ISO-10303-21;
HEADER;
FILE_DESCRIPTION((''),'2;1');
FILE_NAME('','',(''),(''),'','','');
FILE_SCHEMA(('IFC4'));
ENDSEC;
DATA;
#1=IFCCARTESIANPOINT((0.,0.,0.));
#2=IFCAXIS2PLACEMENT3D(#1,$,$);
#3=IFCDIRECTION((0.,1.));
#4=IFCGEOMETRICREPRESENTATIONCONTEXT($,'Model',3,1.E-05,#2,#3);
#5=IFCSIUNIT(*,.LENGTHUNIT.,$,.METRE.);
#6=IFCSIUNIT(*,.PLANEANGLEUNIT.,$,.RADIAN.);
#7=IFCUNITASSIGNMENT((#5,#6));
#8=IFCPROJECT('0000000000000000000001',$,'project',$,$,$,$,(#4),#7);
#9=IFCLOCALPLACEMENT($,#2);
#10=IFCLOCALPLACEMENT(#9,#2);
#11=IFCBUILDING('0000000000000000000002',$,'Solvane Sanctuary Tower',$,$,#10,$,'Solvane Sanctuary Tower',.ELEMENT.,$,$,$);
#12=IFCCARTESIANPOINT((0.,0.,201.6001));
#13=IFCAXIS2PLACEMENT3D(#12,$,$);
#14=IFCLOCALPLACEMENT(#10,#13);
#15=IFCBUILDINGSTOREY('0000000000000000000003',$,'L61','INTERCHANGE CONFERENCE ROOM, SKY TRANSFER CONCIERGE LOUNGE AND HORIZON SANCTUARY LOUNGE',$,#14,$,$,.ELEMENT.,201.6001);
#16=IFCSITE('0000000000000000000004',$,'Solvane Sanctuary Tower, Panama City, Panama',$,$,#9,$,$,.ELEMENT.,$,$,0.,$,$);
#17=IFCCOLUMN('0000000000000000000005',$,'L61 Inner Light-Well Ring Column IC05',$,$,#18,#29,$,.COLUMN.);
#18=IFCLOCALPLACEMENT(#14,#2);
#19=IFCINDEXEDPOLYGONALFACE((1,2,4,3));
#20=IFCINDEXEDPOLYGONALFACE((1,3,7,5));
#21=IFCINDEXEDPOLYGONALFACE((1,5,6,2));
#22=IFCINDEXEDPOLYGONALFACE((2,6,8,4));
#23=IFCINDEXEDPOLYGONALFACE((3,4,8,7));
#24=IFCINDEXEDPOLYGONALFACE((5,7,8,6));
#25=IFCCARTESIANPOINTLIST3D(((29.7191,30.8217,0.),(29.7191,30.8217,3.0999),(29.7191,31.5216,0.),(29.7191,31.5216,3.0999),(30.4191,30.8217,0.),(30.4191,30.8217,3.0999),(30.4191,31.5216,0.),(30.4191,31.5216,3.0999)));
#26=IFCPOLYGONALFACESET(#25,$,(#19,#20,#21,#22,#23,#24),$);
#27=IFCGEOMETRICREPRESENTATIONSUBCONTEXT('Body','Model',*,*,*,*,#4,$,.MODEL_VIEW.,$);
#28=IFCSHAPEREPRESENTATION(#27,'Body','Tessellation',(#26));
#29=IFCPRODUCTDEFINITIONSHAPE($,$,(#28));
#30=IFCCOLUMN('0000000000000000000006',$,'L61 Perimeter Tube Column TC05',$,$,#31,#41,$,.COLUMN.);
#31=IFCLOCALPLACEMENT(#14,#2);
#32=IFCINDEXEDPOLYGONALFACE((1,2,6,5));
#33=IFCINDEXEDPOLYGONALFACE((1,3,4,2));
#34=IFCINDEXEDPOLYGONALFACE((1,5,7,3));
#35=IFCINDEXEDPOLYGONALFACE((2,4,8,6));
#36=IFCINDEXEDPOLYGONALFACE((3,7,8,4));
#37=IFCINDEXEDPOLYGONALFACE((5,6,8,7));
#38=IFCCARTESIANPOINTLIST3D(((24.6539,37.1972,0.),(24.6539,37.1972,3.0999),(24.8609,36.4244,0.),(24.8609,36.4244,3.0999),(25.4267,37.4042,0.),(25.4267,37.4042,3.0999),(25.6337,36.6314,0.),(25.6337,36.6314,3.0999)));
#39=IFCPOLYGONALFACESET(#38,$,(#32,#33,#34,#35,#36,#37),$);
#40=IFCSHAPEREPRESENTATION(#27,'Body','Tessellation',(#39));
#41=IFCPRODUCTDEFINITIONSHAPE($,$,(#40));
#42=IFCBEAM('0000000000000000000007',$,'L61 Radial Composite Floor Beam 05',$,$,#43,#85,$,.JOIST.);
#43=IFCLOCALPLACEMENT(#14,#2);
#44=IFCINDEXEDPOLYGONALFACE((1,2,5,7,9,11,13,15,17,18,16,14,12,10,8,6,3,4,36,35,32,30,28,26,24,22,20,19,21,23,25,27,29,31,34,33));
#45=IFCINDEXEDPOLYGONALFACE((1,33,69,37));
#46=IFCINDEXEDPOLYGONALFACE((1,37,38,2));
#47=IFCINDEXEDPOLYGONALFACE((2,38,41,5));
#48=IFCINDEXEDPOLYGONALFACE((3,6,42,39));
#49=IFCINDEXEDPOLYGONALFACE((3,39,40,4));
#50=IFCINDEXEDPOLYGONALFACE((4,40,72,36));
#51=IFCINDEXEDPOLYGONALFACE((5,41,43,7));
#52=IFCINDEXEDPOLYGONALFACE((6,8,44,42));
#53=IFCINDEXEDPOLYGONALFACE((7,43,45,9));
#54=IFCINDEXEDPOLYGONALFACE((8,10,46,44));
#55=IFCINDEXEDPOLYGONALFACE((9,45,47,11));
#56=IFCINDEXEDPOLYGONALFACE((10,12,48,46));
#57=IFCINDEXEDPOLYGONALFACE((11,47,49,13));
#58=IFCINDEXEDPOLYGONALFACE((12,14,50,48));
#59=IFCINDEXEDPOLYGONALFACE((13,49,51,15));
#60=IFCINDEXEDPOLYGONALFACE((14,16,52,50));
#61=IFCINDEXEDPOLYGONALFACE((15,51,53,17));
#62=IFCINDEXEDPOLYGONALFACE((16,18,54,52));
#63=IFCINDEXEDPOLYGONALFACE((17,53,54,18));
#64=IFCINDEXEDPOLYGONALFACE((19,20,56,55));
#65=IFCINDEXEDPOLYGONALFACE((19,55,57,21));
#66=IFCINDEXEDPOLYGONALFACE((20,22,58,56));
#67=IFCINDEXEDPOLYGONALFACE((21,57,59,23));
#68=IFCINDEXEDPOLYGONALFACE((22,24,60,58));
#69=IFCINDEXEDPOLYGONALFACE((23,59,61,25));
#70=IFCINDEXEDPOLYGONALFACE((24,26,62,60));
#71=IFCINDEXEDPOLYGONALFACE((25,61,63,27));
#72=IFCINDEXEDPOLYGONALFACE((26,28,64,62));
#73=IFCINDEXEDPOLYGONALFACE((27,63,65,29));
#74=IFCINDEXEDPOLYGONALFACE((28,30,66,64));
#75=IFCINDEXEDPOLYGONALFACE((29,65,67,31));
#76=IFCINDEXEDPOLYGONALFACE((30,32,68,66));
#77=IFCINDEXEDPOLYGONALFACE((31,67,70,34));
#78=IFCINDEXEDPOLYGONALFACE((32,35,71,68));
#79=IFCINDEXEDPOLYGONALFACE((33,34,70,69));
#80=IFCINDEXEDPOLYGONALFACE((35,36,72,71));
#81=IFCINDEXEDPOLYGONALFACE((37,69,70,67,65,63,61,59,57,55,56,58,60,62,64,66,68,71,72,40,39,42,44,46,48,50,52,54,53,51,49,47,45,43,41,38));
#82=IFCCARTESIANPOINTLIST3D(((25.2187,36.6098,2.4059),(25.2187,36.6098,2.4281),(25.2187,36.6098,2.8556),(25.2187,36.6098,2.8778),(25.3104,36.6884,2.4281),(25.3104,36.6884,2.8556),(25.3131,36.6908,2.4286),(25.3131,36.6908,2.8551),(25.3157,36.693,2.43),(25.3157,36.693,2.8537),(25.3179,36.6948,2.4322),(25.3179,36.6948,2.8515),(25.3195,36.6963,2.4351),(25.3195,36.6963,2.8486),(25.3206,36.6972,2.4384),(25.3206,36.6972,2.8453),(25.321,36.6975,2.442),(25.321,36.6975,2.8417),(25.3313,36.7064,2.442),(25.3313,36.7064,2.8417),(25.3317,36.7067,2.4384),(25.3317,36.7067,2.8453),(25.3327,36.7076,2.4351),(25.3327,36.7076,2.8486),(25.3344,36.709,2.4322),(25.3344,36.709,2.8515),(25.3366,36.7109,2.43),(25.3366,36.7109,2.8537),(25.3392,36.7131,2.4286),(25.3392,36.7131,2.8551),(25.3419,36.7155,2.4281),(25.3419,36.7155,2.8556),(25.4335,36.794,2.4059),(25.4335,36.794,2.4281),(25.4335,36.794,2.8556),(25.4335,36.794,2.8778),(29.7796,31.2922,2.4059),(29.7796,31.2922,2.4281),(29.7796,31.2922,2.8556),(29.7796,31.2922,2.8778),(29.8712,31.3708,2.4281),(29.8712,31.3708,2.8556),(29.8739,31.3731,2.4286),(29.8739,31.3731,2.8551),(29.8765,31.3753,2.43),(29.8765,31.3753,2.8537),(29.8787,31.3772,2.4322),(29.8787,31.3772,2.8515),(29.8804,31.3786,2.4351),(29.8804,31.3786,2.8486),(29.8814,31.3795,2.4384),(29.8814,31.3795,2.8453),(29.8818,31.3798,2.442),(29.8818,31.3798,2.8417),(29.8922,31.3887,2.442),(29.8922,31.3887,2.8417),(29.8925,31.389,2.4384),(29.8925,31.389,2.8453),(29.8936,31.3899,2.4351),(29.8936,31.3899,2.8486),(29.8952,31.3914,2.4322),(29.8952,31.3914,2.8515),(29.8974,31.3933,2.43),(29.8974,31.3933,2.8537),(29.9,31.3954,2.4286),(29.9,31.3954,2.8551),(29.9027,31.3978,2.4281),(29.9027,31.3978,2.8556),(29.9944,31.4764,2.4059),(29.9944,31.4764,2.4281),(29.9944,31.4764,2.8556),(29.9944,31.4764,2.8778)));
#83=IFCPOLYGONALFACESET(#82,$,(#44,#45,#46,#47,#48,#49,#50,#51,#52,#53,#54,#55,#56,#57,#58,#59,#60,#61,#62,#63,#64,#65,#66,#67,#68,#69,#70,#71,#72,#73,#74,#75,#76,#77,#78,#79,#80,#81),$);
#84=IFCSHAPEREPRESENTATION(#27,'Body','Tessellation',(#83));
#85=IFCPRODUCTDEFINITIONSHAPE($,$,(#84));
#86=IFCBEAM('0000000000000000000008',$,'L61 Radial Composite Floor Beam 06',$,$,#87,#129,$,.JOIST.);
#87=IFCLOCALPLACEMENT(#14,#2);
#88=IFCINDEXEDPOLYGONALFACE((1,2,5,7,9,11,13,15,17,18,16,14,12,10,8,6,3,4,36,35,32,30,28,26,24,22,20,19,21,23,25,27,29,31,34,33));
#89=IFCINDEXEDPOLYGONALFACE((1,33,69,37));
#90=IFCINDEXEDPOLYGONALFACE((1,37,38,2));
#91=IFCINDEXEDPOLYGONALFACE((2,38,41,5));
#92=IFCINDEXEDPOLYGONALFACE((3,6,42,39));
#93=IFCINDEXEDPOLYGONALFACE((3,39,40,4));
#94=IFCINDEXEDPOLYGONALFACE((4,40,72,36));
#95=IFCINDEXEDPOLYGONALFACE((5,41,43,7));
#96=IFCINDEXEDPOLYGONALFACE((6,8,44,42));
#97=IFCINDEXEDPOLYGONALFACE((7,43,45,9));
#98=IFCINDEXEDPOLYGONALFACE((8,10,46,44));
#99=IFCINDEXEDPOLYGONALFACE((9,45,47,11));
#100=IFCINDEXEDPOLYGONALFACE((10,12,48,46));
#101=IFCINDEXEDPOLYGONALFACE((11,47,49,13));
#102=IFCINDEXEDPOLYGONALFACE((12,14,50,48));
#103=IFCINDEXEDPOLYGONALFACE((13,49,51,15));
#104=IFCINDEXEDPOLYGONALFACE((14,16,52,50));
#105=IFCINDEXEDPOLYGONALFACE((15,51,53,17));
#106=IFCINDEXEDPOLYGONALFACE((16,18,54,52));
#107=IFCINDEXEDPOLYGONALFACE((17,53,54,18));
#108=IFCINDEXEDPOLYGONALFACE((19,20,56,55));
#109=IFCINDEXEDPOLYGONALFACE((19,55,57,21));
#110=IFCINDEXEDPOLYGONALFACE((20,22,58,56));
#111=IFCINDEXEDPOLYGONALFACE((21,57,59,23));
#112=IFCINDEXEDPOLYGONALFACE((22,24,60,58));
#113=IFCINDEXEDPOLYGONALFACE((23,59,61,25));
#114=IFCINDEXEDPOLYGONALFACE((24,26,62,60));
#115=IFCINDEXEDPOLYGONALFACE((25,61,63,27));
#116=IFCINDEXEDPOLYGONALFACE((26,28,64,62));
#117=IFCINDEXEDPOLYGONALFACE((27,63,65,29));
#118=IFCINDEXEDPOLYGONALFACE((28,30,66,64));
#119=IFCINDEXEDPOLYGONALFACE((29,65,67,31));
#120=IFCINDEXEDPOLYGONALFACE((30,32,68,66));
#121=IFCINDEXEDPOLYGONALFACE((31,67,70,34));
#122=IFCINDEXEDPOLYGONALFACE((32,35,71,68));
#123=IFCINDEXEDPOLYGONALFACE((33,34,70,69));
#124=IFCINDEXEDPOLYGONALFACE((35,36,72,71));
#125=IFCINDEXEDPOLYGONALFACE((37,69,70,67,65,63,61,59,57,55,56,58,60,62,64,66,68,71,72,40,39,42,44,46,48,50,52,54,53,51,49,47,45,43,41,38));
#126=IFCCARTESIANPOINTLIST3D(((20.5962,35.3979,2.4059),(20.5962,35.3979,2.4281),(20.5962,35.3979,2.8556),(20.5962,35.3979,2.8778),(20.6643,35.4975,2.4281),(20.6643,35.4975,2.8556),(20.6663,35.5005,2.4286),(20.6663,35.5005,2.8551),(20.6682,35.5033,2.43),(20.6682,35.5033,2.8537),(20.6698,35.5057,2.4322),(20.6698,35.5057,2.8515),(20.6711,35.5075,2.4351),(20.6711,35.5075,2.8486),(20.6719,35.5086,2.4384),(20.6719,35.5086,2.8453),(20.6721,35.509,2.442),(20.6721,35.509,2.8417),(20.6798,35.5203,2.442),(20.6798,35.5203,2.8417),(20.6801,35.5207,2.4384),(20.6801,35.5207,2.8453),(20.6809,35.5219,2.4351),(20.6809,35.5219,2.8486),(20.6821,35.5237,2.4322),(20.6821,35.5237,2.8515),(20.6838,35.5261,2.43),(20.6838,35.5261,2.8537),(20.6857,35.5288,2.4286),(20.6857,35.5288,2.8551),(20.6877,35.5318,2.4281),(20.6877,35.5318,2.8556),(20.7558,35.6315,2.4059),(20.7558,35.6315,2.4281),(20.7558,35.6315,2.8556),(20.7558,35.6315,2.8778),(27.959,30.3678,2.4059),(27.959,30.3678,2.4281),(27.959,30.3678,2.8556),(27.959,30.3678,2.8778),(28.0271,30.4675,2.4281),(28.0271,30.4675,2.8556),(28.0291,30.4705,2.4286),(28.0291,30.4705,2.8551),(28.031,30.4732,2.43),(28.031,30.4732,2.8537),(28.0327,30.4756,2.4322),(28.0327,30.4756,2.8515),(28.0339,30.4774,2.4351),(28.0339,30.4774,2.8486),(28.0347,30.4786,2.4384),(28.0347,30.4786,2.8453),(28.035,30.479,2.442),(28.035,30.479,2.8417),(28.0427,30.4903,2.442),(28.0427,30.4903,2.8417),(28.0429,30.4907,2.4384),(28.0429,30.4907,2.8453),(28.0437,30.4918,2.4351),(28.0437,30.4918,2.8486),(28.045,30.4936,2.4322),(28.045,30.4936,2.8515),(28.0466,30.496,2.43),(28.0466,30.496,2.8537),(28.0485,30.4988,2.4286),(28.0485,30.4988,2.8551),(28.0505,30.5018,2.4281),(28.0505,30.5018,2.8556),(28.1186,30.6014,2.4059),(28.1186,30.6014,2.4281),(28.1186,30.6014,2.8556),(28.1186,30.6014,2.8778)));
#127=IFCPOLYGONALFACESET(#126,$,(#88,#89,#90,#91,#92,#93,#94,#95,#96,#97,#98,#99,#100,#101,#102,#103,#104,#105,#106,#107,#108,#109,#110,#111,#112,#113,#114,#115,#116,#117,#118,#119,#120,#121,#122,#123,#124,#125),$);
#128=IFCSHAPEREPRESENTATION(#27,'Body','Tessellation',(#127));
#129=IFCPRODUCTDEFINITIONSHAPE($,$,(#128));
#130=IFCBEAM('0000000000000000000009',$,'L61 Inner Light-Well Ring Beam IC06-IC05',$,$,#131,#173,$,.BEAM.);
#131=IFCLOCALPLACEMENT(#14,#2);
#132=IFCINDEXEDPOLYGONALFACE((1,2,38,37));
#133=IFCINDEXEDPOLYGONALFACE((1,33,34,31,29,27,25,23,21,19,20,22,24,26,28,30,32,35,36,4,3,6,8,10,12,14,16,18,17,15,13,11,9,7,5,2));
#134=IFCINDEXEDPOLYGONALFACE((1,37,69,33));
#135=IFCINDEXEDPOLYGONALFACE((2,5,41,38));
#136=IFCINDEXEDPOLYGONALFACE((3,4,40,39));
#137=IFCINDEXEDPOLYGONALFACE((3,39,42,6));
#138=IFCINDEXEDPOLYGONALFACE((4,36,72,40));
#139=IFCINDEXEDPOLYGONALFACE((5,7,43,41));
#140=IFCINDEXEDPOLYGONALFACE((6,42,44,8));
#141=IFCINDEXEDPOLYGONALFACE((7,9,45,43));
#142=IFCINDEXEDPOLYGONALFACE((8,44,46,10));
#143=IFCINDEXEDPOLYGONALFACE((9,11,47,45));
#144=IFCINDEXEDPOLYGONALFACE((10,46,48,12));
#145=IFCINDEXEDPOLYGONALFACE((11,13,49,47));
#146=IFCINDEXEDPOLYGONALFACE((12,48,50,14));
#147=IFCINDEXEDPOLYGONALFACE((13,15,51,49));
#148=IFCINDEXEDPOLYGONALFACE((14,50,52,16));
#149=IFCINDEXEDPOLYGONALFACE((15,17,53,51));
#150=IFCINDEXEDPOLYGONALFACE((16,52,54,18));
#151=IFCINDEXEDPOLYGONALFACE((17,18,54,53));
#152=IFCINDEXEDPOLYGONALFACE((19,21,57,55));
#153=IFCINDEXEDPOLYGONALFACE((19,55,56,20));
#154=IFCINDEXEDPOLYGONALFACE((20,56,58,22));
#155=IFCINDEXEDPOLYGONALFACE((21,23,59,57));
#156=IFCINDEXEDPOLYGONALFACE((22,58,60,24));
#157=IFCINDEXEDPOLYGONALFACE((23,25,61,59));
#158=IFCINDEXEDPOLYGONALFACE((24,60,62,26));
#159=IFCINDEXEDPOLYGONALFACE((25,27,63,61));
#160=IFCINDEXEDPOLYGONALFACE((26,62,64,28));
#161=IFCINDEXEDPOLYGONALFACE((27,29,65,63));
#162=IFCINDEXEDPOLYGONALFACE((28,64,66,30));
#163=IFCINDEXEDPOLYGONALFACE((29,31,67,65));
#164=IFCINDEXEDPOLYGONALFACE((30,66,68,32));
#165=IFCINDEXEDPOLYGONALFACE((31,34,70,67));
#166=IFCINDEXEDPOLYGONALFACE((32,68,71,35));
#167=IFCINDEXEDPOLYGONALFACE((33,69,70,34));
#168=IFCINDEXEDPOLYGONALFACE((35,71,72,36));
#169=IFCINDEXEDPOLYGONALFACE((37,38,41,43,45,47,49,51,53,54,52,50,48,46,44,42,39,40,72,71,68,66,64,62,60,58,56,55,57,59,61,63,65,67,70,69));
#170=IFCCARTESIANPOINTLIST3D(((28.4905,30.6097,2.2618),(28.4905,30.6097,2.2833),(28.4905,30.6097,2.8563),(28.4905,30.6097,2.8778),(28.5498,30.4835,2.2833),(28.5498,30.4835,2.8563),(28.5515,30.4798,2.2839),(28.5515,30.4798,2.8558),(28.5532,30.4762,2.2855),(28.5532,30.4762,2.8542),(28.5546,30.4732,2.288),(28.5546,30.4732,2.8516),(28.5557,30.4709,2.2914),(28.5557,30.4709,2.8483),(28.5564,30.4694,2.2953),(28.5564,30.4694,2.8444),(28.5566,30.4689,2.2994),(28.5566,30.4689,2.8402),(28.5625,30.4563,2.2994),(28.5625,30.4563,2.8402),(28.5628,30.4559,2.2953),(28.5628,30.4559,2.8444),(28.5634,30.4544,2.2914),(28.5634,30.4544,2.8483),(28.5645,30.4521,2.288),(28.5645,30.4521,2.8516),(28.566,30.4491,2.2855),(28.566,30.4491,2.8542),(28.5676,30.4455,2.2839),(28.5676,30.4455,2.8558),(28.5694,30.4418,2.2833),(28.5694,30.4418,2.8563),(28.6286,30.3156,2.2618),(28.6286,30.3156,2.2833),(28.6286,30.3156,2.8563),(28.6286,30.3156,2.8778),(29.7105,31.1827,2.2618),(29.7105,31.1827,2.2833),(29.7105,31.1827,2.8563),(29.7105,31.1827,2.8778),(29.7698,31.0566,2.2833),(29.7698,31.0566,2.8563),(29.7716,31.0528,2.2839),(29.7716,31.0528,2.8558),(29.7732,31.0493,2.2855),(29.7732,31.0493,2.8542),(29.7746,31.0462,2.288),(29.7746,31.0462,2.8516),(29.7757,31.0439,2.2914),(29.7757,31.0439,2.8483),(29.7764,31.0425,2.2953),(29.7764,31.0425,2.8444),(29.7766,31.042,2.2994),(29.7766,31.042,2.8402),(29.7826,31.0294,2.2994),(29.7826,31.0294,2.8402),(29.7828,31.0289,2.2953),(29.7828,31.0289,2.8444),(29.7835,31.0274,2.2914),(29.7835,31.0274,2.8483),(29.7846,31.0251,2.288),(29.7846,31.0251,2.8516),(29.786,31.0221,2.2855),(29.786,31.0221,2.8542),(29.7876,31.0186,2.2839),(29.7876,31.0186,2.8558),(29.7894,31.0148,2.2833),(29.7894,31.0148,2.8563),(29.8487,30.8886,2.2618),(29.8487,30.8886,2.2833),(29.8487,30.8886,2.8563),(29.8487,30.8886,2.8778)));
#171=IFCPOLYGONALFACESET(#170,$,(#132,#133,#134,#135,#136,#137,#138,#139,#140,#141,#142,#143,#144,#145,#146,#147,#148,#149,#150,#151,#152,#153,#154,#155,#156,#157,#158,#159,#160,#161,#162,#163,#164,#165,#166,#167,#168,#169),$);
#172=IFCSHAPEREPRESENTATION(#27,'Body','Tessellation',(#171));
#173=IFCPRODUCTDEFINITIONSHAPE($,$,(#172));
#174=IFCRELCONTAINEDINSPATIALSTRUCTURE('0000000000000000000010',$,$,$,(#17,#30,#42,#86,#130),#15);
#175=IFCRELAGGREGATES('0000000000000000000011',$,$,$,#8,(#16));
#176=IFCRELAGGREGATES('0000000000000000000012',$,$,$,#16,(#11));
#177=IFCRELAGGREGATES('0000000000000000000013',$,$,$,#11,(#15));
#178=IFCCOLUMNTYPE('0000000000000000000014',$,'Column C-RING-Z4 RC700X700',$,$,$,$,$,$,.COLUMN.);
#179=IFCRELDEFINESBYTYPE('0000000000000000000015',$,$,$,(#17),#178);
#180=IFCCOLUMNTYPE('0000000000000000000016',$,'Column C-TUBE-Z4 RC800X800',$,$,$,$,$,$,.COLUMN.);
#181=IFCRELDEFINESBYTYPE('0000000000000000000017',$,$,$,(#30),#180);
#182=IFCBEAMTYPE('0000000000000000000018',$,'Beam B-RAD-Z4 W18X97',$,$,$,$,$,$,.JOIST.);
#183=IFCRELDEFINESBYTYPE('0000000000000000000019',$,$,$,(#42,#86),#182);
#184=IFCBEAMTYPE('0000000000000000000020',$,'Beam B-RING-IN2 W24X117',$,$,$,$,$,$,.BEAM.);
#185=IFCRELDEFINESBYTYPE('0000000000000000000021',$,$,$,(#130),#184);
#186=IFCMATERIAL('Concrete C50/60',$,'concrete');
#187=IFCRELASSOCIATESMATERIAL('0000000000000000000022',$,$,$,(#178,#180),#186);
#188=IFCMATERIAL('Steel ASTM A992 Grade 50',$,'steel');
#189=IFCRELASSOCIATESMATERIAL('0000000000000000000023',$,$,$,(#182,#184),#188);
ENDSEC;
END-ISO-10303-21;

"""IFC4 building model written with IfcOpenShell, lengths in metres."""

from ifc_helpers import new_model, si_unit, direction, frame, origin, origin_2d, place, context, subcontext, project, spatial, rectangle, i_section, extrude, material, material_profile, profile_set, type_object, element, save


model = new_model("IFC4")

# Units and contexts
model_context = context("Model", 3, precision=1e-05, world=origin(), true_north=direction((0.0, 1.0)))
body_context = subcontext(model_context, "Body", "Model", "MODEL_VIEW")
ifc_project = project(units=[si_unit("LENGTHUNIT", "METRE"), si_unit("PLANEANGLEUNIT", "RADIAN")], contexts=[model_context])

# Site, building, storey
site_placement = place(None, origin())
site = spatial("IfcSite", under=ifc_project, at=site_placement, Name="Solvane Sanctuary Tower, Panama City, Panama", CompositionType="ELEMENT", RefElevation=0.0)
building_placement = place(site_placement, origin())
building = spatial("IfcBuilding", under=site, at=building_placement, Name="Solvane Sanctuary Tower", LongName="Solvane Sanctuary Tower", CompositionType="ELEMENT")
storey_placement = place(building_placement, frame((0.0, 0.0, 201.6001)))
storey = spatial("IfcBuildingStorey", under=building, at=storey_placement, Name="L61", Description="INTERCHANGE CONFERENCE ROOM, SKY TRANSFER CONCIERGE LOUNGE AND HORIZON SANCTUARY LOUNGE", CompositionType="ELEMENT", Elevation=201.6001)

# Columns
ifc_material_1 = material(Name="Concrete C50/60", Category="concrete")
ifc_material_profile_1 = material_profile(ifc_material_1, rectangle(XDim=0.7, YDim=0.7, at=origin_2d()), Name="RC700X700")
ifc_profile_set_1 = profile_set([ifc_material_profile_1], Name="Concrete C50/60")
column_type_1 = type_object("IfcColumnType", Name="Column C-RING-Z4 RC700X700", PredefinedType="COLUMN", material=ifc_profile_set_1)
column_1_placement = place(storey_placement, frame((30.0691, 31.1716, 0.0), z_axis=(0.0, 0.0, 1.0), x_axis=(1.0, 0.0, 0.0)))
element("IfcColumn", 1, at=column_1_placement, inside=storey, type_object=column_type_1, Name="L61 Inner Light-Well Ring Column IC05", PredefinedType="COLUMN", context=body_context, shape_type="SweptSolid", body=[
    extrude(rectangle(XDim=0.7, YDim=0.7, at=origin_2d()), origin(), (0.0, 0.0, 1.0), 3.0999),
])
ifc_material_profile_2 = material_profile(ifc_material_1, rectangle(XDim=0.8, YDim=0.8, at=origin_2d()), Name="RC800X800")
ifc_profile_set_2 = profile_set([ifc_material_profile_2], Name="Concrete C50/60")
column_type_2 = type_object("IfcColumnType", Name="Column C-TUBE-Z4 RC800X800", PredefinedType="COLUMN", material=ifc_profile_set_2)
column_2_placement = place(storey_placement, frame((25.1438, 36.9143, 0.0), z_axis=(0.0, 0.0, 1.0), x_axis=(-0.258819, 0.965926, 0.0)))
element("IfcColumn", 2, at=column_2_placement, inside=storey, type_object=column_type_2, Name="L61 Perimeter Tube Column TC05", PredefinedType="COLUMN", context=body_context, shape_type="SweptSolid", body=[
    extrude(rectangle(XDim=0.8, YDim=0.8, at=origin_2d()), origin(), (0.0, 0.0, 1.0), 3.0999),
])

# Beams
ifc_material_2 = material(Name="Steel ASTM A992 Grade 50", Category="steel")
ifc_material_profile_3 = material_profile(ifc_material_2, i_section(OverallWidth=0.283, OverallDepth=0.4719, WebThickness=0.0137, FlangeThickness=0.0222, FilletRadius=0.0139, at=origin_2d()), Name="W18X97")
ifc_profile_set_3 = profile_set([ifc_material_profile_3], Name="Steel ASTM A992 Grade 50")
beam_type_1 = type_object("IfcBeamType", Name="Beam B-RAD-Z4 W18X97", PredefinedType="JOIST", material=ifc_profile_set_3)
beam_1_placement = place(storey_placement, frame((29.887, 31.3843, 2.6418), z_axis=(-0.651024, 0.759057, 0.0), x_axis=(-0.759057, -0.651024, 0.0)))
element("IfcBeam", 3, at=beam_1_placement, inside=storey, type_object=beam_type_1, Name="L61 Radial Composite Floor Beam 05", PredefinedType="JOIST", context=body_context, shape_type="SweptSolid", body=[
    extrude(i_section(OverallWidth=0.283, OverallDepth=0.4719, WebThickness=0.0137, FlangeThickness=0.0222, FilletRadius=0.0139, at=origin_2d()), origin(), (0.0, 0.0, 1.0), 7.0056),
])
beam_2_placement = place(storey_placement, frame((28.0388, 30.4846, 2.6418), z_axis=(-0.825708, 0.564098, 0.0), x_axis=(-0.564098, -0.825708, 0.0)))
element("IfcBeam", 4, at=beam_2_placement, inside=storey, type_object=beam_type_1, Name="L61 Radial Composite Floor Beam 06", PredefinedType="JOIST", context=body_context, shape_type="SweptSolid", body=[
    extrude(i_section(OverallWidth=0.283, OverallDepth=0.4719, WebThickness=0.0137, FlangeThickness=0.0222, FilletRadius=0.0139, at=origin_2d()), origin(), (0.0, 0.0, 1.0), 8.917),
])
ifc_material_profile_4 = material_profile(ifc_material_2, i_section(OverallWidth=0.325, OverallDepth=0.616, WebThickness=0.0139, FlangeThickness=0.0215, FilletRadius=0.0161, at=origin_2d()), Name="W24X117")
ifc_profile_set_4 = profile_set([ifc_material_profile_4], Name="Steel ASTM A992 Grade 50")
beam_type_2 = type_object("IfcBeamType", Name="Beam B-RING-IN2 W24X117", PredefinedType="BEAM", material=ifc_profile_set_4)
beam_3_placement = place(storey_placement, frame((28.5596, 30.4626, 2.5698), z_axis=(0.905135, 0.425125, 0.0), x_axis=(-0.425125, 0.905135, 0.0)))
element("IfcBeam", 5, at=beam_3_placement, inside=storey, type_object=beam_type_2, Name="L61 Inner Light-Well Ring Beam IC06-IC05", PredefinedType="BEAM", context=body_context, shape_type="SweptSolid", body=[
    extrude(i_section(OverallWidth=0.325, OverallDepth=0.616, WebThickness=0.0139, FlangeThickness=0.0215, FilletRadius=0.0161, at=origin_2d()), origin(), (0.0, 0.0, 1.0), 1.3479),
])

save(model, "model.ifc")
